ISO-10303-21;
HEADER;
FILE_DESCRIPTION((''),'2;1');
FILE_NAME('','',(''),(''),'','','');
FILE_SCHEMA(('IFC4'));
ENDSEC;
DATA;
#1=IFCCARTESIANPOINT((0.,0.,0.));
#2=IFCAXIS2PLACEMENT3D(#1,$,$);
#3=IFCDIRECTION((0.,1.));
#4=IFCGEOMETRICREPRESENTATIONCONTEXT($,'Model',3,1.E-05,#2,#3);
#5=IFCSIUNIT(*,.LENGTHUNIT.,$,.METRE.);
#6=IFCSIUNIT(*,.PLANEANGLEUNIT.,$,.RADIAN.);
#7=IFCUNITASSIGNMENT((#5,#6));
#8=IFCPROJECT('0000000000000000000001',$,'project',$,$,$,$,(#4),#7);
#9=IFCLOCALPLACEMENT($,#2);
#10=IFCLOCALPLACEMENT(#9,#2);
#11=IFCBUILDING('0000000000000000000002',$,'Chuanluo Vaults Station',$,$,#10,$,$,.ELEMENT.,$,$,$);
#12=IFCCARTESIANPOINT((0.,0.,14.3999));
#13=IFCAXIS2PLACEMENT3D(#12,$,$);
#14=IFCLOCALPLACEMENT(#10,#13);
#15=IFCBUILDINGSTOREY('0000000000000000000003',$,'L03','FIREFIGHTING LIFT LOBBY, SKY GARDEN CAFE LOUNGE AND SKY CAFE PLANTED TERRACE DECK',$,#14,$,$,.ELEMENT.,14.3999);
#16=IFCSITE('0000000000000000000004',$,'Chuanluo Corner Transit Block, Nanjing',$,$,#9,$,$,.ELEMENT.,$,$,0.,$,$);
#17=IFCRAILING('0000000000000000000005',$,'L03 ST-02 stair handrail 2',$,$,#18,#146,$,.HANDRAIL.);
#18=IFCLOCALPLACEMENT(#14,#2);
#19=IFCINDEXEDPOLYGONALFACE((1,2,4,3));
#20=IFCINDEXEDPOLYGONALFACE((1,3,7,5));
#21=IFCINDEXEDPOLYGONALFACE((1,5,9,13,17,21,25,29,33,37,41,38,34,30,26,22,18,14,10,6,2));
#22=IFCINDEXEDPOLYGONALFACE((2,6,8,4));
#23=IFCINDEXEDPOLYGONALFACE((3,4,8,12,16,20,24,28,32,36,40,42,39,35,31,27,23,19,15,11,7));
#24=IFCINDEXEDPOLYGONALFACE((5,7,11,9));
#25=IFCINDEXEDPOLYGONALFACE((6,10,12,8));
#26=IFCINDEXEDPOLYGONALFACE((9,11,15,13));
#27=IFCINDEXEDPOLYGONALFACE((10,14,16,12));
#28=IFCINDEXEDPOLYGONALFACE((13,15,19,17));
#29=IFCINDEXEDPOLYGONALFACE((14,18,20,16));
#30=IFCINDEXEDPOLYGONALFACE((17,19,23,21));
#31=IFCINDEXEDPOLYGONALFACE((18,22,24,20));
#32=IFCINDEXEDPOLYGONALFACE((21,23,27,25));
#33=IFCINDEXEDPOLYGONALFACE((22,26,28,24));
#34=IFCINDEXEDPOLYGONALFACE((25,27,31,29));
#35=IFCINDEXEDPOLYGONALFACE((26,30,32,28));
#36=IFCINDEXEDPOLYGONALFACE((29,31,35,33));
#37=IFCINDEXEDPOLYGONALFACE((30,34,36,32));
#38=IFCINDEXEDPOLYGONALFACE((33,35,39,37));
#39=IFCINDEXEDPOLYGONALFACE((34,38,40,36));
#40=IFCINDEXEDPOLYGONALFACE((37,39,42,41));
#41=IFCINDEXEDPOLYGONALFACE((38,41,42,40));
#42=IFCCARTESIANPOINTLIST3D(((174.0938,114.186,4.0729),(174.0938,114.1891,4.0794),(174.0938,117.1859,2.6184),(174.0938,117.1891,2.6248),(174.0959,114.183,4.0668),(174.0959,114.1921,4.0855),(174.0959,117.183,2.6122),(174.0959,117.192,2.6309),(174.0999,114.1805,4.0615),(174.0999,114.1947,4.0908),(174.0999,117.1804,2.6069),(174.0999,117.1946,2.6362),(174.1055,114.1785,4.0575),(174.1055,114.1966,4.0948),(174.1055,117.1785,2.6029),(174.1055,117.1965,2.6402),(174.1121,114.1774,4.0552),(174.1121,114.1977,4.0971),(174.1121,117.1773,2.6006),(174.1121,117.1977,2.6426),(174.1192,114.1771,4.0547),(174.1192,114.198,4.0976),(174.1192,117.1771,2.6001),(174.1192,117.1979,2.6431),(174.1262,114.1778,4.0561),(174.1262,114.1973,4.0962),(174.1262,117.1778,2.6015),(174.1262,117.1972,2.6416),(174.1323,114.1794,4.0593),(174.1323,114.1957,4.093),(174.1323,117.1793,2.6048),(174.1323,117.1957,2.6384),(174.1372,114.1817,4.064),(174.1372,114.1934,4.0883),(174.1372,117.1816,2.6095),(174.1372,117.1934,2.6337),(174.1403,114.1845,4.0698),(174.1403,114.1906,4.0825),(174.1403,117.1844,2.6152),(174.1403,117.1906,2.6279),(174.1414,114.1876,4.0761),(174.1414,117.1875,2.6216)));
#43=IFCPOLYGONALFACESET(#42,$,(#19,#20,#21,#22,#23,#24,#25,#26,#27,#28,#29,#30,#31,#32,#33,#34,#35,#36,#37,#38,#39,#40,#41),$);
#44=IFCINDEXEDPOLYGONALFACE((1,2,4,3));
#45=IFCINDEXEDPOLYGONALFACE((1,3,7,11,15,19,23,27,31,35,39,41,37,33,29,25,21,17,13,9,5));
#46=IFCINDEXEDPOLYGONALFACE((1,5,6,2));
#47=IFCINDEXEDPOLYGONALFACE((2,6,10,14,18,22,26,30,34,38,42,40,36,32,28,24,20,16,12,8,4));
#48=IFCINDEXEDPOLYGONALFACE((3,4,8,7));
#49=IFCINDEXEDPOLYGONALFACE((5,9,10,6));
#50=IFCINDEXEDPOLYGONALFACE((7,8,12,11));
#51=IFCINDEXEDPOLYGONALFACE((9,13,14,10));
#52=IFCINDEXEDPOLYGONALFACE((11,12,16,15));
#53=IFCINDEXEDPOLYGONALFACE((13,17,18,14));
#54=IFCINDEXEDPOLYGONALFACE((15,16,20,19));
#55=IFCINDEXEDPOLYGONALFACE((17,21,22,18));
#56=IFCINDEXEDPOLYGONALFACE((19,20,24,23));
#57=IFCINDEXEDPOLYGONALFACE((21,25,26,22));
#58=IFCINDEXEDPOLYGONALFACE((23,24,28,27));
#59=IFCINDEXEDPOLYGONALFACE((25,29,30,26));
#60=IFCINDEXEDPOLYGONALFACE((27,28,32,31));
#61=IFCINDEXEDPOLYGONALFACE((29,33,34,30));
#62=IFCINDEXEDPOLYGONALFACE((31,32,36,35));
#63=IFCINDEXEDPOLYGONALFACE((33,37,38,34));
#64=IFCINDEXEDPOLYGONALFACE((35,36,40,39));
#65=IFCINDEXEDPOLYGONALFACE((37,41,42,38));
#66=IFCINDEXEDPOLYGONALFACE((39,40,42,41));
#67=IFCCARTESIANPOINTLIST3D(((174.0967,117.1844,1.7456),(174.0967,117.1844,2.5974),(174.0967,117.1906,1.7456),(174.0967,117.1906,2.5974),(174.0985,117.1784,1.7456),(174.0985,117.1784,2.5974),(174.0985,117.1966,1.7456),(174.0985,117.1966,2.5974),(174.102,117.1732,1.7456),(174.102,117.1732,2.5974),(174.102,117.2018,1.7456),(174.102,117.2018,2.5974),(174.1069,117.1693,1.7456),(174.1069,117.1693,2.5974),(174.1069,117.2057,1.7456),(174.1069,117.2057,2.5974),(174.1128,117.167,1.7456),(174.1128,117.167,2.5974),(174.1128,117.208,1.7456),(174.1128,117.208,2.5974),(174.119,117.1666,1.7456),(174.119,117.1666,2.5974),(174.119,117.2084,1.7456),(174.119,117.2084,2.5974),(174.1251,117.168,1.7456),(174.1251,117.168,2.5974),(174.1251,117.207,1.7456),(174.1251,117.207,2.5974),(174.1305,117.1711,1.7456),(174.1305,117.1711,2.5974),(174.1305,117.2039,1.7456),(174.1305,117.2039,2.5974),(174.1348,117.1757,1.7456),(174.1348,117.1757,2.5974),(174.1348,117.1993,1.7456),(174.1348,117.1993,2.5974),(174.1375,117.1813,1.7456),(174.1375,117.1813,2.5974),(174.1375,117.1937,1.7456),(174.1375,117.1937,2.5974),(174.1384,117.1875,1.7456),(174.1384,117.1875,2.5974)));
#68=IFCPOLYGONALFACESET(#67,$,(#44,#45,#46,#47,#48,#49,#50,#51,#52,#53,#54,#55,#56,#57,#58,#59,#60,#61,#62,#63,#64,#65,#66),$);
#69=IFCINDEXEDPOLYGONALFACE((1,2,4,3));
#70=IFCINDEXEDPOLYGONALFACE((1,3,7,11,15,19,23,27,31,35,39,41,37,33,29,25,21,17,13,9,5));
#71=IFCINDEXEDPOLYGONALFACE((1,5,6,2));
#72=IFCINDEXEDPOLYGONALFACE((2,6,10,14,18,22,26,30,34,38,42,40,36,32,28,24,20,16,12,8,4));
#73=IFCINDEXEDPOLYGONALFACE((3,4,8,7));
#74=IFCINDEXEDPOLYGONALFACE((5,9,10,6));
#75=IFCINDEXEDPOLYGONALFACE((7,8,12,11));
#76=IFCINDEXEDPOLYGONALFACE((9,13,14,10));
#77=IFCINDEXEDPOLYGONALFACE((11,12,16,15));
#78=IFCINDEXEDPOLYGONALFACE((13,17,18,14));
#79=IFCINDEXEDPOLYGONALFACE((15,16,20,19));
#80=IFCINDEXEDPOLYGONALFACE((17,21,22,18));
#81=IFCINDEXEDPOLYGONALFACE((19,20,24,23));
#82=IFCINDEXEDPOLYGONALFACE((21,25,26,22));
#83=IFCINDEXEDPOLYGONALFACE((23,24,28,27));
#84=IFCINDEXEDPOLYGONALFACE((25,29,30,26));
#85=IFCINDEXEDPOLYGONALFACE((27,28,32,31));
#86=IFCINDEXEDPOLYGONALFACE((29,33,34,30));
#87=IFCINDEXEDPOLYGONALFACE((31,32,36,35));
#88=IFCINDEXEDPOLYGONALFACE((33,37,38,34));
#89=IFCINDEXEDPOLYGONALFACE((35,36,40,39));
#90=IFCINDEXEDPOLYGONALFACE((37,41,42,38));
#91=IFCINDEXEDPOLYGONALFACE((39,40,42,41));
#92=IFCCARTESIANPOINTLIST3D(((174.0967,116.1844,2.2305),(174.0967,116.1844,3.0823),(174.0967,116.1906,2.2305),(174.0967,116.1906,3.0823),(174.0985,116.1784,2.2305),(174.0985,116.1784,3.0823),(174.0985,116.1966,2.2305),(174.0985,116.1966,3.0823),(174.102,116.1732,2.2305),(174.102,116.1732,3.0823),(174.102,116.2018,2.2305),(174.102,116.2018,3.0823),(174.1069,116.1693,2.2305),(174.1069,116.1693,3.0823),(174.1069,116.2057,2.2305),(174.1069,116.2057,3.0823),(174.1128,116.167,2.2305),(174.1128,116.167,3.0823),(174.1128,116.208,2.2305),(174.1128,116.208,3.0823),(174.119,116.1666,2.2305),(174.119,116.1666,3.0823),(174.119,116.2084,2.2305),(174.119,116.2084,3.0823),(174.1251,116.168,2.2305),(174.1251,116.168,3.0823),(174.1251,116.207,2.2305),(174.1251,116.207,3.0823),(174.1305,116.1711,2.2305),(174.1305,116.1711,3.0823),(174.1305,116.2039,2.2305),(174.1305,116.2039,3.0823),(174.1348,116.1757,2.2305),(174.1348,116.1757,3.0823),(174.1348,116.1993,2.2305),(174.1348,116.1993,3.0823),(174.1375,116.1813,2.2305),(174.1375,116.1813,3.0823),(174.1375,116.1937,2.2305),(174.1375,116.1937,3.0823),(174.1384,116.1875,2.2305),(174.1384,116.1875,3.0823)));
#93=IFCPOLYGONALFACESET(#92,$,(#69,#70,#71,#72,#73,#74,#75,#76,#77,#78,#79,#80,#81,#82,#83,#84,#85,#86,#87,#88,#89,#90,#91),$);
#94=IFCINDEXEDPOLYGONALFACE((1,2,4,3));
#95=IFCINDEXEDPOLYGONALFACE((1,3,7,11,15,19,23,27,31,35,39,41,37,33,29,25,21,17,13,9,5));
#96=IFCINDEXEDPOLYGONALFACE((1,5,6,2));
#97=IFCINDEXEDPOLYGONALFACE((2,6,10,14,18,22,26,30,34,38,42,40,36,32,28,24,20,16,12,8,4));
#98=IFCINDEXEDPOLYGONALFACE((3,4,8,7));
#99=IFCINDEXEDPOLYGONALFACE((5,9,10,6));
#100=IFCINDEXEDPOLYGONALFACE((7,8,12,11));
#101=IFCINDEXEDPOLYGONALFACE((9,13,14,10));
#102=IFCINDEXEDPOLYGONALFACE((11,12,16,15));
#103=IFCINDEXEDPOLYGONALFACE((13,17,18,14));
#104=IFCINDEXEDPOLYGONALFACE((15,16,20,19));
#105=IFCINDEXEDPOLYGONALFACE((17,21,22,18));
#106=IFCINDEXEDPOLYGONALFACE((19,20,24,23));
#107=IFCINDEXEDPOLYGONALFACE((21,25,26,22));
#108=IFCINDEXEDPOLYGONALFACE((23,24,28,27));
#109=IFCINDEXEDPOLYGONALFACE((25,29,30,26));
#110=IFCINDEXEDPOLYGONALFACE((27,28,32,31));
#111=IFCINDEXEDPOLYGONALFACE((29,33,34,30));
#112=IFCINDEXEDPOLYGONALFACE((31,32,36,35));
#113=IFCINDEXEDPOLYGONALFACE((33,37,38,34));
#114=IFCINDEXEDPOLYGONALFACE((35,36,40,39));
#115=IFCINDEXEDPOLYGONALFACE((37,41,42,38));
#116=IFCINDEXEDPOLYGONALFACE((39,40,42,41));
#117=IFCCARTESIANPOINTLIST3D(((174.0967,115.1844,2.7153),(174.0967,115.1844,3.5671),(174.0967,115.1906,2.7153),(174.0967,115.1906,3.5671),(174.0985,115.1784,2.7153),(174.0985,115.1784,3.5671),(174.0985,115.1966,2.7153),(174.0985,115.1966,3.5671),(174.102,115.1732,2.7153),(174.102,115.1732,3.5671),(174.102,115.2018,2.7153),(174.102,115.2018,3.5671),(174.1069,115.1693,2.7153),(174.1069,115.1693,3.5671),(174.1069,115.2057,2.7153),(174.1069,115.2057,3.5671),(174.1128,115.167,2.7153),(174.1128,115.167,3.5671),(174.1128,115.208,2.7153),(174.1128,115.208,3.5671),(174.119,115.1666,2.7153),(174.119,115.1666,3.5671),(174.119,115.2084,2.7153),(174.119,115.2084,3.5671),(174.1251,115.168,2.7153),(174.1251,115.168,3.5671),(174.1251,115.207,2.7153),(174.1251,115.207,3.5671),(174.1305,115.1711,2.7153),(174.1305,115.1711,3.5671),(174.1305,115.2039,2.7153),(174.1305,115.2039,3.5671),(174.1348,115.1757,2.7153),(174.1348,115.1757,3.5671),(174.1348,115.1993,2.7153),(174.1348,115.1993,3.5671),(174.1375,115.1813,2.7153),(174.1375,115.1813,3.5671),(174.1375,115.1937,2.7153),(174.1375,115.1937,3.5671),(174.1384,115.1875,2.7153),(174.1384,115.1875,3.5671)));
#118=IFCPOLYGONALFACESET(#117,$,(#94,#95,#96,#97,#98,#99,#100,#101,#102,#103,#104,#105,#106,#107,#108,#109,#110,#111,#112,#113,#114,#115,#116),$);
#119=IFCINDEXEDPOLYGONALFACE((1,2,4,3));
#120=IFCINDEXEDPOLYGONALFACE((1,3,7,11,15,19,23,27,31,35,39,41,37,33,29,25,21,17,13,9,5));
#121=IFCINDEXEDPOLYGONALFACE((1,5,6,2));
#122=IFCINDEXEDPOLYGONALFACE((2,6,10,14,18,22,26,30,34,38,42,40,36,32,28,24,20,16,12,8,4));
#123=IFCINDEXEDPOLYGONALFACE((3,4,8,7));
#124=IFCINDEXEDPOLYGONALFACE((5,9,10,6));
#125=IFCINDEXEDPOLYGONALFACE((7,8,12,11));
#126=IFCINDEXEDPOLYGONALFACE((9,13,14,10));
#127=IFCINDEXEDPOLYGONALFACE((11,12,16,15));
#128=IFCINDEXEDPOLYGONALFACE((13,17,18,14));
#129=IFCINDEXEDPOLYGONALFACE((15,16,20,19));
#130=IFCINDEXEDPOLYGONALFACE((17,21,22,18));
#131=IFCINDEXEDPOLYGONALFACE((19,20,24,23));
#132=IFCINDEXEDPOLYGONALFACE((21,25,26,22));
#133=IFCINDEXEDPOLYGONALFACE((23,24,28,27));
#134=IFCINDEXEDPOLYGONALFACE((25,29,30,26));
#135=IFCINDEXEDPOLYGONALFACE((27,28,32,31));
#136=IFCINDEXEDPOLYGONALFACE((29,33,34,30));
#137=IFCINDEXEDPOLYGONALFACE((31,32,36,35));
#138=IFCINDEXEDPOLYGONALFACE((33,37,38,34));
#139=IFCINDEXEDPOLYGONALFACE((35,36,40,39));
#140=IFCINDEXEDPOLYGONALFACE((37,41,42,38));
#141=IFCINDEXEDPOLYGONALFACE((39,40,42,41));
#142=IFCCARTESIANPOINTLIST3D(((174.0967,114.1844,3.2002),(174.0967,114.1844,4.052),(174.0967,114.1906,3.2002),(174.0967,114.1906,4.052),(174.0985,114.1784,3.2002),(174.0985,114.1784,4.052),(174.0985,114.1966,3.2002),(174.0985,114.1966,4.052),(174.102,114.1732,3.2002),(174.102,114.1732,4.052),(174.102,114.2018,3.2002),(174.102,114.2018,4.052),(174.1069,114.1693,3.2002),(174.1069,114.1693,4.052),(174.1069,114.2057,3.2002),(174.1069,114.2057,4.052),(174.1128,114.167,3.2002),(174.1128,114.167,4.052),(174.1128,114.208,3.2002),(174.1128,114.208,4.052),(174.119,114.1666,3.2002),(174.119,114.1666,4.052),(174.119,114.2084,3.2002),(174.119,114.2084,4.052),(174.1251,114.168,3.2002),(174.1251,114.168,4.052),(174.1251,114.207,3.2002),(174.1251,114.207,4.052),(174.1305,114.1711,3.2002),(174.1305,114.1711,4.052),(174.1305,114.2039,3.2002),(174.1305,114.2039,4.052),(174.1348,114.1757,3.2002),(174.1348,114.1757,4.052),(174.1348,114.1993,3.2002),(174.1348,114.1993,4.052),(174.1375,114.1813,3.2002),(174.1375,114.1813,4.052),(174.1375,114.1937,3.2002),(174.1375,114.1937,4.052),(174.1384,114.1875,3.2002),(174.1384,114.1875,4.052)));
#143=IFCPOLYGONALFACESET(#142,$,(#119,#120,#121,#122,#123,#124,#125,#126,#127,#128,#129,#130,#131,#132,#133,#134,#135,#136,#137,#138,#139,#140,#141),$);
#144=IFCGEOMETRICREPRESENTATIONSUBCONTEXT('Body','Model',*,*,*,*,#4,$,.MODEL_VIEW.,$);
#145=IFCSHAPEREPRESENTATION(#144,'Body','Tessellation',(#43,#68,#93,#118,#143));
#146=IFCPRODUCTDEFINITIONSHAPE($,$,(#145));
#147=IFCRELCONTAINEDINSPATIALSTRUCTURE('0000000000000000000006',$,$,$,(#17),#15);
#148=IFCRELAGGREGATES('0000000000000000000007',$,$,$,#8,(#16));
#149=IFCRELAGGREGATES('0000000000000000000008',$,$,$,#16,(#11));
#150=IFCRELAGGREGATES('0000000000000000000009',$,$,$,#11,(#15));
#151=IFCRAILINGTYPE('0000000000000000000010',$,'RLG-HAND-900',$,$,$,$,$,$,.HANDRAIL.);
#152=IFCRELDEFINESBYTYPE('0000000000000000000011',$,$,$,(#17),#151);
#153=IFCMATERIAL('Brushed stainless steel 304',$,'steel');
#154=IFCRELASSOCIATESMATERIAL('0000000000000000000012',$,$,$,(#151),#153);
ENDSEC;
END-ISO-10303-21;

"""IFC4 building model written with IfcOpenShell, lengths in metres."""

from ifc_helpers import new_model, si_unit, direction, frame, origin, origin_2d, place, context, subcontext, project, spatial, circle, extrude, material, type_object, element, save


model = new_model("IFC4")

# Units and contexts
model_context = context("Model", 3, precision=1e-05, world=origin(), true_north=direction((0.0, 1.0)))
body_context = subcontext(model_context, "Body", "Model", "MODEL_VIEW")
ifc_project = project(units=[si_unit("LENGTHUNIT", "METRE"), si_unit("PLANEANGLEUNIT", "RADIAN")], contexts=[model_context])

# Site, building, storey
site_placement = place(None, origin())
site = spatial("IfcSite", under=ifc_project, at=site_placement, Name="Chuanluo Corner Transit Block, Nanjing", CompositionType="ELEMENT", RefElevation=0.0)
building_placement = place(site_placement, origin())
building = spatial("IfcBuilding", under=site, at=building_placement, Name="Chuanluo Vaults Station", CompositionType="ELEMENT")
storey_placement = place(building_placement, frame((0.0, 0.0, 14.3999)))
storey = spatial("IfcBuildingStorey", under=building, at=storey_placement, Name="L03", Description="FIREFIGHTING LIFT LOBBY, SKY GARDEN CAFE LOUNGE AND SKY CAFE PLANTED TERRACE DECK", CompositionType="ELEMENT", Elevation=14.3999)

# Railing
ifc_material_1 = material(Name="Brushed stainless steel 304", Category="steel")
railing_type_1 = type_object("IfcRailingType", Name="RLG-HAND-900", PredefinedType="HANDRAIL", material=ifc_material_1)
railing_1_placement = place(storey_placement, frame((174.1174, 117.1875, 1.7456)))
element("IfcRailing", 1, at=railing_1_placement, inside=storey, type_object=railing_type_1, Name="L03 ST-02 stair handrail 2", PredefinedType="HANDRAIL", context=body_context, shape_type="SweptSolid", body=[
    extrude(circle(Radius=0.0239, at=origin_2d()), frame((0.0, 0.0, 0.876), z_axis=(0.0, -0.899809, 0.436284), x_axis=(1.0, 0.0, 0.0)), (0.0, 0.0, 1.0), 3.334),
    extrude(circle(Radius=0.021, at=origin_2d()), origin(), (0.0, 0.0, 1.0), 0.8518),
    extrude(circle(Radius=0.021, at=origin_2d()), frame((0.0, -1.0, 0.4849)), (0.0, 0.0, 1.0), 0.8518),
    extrude(circle(Radius=0.021, at=origin_2d()), frame((0.0, -2.0, 0.9697)), (0.0, 0.0, 1.0), 0.8518),
    extrude(circle(Radius=0.021, at=origin_2d()), frame((0.0, -3.0, 1.4546)), (0.0, 0.0, 1.0), 0.8518),
])

save(model, "model.ifc")
